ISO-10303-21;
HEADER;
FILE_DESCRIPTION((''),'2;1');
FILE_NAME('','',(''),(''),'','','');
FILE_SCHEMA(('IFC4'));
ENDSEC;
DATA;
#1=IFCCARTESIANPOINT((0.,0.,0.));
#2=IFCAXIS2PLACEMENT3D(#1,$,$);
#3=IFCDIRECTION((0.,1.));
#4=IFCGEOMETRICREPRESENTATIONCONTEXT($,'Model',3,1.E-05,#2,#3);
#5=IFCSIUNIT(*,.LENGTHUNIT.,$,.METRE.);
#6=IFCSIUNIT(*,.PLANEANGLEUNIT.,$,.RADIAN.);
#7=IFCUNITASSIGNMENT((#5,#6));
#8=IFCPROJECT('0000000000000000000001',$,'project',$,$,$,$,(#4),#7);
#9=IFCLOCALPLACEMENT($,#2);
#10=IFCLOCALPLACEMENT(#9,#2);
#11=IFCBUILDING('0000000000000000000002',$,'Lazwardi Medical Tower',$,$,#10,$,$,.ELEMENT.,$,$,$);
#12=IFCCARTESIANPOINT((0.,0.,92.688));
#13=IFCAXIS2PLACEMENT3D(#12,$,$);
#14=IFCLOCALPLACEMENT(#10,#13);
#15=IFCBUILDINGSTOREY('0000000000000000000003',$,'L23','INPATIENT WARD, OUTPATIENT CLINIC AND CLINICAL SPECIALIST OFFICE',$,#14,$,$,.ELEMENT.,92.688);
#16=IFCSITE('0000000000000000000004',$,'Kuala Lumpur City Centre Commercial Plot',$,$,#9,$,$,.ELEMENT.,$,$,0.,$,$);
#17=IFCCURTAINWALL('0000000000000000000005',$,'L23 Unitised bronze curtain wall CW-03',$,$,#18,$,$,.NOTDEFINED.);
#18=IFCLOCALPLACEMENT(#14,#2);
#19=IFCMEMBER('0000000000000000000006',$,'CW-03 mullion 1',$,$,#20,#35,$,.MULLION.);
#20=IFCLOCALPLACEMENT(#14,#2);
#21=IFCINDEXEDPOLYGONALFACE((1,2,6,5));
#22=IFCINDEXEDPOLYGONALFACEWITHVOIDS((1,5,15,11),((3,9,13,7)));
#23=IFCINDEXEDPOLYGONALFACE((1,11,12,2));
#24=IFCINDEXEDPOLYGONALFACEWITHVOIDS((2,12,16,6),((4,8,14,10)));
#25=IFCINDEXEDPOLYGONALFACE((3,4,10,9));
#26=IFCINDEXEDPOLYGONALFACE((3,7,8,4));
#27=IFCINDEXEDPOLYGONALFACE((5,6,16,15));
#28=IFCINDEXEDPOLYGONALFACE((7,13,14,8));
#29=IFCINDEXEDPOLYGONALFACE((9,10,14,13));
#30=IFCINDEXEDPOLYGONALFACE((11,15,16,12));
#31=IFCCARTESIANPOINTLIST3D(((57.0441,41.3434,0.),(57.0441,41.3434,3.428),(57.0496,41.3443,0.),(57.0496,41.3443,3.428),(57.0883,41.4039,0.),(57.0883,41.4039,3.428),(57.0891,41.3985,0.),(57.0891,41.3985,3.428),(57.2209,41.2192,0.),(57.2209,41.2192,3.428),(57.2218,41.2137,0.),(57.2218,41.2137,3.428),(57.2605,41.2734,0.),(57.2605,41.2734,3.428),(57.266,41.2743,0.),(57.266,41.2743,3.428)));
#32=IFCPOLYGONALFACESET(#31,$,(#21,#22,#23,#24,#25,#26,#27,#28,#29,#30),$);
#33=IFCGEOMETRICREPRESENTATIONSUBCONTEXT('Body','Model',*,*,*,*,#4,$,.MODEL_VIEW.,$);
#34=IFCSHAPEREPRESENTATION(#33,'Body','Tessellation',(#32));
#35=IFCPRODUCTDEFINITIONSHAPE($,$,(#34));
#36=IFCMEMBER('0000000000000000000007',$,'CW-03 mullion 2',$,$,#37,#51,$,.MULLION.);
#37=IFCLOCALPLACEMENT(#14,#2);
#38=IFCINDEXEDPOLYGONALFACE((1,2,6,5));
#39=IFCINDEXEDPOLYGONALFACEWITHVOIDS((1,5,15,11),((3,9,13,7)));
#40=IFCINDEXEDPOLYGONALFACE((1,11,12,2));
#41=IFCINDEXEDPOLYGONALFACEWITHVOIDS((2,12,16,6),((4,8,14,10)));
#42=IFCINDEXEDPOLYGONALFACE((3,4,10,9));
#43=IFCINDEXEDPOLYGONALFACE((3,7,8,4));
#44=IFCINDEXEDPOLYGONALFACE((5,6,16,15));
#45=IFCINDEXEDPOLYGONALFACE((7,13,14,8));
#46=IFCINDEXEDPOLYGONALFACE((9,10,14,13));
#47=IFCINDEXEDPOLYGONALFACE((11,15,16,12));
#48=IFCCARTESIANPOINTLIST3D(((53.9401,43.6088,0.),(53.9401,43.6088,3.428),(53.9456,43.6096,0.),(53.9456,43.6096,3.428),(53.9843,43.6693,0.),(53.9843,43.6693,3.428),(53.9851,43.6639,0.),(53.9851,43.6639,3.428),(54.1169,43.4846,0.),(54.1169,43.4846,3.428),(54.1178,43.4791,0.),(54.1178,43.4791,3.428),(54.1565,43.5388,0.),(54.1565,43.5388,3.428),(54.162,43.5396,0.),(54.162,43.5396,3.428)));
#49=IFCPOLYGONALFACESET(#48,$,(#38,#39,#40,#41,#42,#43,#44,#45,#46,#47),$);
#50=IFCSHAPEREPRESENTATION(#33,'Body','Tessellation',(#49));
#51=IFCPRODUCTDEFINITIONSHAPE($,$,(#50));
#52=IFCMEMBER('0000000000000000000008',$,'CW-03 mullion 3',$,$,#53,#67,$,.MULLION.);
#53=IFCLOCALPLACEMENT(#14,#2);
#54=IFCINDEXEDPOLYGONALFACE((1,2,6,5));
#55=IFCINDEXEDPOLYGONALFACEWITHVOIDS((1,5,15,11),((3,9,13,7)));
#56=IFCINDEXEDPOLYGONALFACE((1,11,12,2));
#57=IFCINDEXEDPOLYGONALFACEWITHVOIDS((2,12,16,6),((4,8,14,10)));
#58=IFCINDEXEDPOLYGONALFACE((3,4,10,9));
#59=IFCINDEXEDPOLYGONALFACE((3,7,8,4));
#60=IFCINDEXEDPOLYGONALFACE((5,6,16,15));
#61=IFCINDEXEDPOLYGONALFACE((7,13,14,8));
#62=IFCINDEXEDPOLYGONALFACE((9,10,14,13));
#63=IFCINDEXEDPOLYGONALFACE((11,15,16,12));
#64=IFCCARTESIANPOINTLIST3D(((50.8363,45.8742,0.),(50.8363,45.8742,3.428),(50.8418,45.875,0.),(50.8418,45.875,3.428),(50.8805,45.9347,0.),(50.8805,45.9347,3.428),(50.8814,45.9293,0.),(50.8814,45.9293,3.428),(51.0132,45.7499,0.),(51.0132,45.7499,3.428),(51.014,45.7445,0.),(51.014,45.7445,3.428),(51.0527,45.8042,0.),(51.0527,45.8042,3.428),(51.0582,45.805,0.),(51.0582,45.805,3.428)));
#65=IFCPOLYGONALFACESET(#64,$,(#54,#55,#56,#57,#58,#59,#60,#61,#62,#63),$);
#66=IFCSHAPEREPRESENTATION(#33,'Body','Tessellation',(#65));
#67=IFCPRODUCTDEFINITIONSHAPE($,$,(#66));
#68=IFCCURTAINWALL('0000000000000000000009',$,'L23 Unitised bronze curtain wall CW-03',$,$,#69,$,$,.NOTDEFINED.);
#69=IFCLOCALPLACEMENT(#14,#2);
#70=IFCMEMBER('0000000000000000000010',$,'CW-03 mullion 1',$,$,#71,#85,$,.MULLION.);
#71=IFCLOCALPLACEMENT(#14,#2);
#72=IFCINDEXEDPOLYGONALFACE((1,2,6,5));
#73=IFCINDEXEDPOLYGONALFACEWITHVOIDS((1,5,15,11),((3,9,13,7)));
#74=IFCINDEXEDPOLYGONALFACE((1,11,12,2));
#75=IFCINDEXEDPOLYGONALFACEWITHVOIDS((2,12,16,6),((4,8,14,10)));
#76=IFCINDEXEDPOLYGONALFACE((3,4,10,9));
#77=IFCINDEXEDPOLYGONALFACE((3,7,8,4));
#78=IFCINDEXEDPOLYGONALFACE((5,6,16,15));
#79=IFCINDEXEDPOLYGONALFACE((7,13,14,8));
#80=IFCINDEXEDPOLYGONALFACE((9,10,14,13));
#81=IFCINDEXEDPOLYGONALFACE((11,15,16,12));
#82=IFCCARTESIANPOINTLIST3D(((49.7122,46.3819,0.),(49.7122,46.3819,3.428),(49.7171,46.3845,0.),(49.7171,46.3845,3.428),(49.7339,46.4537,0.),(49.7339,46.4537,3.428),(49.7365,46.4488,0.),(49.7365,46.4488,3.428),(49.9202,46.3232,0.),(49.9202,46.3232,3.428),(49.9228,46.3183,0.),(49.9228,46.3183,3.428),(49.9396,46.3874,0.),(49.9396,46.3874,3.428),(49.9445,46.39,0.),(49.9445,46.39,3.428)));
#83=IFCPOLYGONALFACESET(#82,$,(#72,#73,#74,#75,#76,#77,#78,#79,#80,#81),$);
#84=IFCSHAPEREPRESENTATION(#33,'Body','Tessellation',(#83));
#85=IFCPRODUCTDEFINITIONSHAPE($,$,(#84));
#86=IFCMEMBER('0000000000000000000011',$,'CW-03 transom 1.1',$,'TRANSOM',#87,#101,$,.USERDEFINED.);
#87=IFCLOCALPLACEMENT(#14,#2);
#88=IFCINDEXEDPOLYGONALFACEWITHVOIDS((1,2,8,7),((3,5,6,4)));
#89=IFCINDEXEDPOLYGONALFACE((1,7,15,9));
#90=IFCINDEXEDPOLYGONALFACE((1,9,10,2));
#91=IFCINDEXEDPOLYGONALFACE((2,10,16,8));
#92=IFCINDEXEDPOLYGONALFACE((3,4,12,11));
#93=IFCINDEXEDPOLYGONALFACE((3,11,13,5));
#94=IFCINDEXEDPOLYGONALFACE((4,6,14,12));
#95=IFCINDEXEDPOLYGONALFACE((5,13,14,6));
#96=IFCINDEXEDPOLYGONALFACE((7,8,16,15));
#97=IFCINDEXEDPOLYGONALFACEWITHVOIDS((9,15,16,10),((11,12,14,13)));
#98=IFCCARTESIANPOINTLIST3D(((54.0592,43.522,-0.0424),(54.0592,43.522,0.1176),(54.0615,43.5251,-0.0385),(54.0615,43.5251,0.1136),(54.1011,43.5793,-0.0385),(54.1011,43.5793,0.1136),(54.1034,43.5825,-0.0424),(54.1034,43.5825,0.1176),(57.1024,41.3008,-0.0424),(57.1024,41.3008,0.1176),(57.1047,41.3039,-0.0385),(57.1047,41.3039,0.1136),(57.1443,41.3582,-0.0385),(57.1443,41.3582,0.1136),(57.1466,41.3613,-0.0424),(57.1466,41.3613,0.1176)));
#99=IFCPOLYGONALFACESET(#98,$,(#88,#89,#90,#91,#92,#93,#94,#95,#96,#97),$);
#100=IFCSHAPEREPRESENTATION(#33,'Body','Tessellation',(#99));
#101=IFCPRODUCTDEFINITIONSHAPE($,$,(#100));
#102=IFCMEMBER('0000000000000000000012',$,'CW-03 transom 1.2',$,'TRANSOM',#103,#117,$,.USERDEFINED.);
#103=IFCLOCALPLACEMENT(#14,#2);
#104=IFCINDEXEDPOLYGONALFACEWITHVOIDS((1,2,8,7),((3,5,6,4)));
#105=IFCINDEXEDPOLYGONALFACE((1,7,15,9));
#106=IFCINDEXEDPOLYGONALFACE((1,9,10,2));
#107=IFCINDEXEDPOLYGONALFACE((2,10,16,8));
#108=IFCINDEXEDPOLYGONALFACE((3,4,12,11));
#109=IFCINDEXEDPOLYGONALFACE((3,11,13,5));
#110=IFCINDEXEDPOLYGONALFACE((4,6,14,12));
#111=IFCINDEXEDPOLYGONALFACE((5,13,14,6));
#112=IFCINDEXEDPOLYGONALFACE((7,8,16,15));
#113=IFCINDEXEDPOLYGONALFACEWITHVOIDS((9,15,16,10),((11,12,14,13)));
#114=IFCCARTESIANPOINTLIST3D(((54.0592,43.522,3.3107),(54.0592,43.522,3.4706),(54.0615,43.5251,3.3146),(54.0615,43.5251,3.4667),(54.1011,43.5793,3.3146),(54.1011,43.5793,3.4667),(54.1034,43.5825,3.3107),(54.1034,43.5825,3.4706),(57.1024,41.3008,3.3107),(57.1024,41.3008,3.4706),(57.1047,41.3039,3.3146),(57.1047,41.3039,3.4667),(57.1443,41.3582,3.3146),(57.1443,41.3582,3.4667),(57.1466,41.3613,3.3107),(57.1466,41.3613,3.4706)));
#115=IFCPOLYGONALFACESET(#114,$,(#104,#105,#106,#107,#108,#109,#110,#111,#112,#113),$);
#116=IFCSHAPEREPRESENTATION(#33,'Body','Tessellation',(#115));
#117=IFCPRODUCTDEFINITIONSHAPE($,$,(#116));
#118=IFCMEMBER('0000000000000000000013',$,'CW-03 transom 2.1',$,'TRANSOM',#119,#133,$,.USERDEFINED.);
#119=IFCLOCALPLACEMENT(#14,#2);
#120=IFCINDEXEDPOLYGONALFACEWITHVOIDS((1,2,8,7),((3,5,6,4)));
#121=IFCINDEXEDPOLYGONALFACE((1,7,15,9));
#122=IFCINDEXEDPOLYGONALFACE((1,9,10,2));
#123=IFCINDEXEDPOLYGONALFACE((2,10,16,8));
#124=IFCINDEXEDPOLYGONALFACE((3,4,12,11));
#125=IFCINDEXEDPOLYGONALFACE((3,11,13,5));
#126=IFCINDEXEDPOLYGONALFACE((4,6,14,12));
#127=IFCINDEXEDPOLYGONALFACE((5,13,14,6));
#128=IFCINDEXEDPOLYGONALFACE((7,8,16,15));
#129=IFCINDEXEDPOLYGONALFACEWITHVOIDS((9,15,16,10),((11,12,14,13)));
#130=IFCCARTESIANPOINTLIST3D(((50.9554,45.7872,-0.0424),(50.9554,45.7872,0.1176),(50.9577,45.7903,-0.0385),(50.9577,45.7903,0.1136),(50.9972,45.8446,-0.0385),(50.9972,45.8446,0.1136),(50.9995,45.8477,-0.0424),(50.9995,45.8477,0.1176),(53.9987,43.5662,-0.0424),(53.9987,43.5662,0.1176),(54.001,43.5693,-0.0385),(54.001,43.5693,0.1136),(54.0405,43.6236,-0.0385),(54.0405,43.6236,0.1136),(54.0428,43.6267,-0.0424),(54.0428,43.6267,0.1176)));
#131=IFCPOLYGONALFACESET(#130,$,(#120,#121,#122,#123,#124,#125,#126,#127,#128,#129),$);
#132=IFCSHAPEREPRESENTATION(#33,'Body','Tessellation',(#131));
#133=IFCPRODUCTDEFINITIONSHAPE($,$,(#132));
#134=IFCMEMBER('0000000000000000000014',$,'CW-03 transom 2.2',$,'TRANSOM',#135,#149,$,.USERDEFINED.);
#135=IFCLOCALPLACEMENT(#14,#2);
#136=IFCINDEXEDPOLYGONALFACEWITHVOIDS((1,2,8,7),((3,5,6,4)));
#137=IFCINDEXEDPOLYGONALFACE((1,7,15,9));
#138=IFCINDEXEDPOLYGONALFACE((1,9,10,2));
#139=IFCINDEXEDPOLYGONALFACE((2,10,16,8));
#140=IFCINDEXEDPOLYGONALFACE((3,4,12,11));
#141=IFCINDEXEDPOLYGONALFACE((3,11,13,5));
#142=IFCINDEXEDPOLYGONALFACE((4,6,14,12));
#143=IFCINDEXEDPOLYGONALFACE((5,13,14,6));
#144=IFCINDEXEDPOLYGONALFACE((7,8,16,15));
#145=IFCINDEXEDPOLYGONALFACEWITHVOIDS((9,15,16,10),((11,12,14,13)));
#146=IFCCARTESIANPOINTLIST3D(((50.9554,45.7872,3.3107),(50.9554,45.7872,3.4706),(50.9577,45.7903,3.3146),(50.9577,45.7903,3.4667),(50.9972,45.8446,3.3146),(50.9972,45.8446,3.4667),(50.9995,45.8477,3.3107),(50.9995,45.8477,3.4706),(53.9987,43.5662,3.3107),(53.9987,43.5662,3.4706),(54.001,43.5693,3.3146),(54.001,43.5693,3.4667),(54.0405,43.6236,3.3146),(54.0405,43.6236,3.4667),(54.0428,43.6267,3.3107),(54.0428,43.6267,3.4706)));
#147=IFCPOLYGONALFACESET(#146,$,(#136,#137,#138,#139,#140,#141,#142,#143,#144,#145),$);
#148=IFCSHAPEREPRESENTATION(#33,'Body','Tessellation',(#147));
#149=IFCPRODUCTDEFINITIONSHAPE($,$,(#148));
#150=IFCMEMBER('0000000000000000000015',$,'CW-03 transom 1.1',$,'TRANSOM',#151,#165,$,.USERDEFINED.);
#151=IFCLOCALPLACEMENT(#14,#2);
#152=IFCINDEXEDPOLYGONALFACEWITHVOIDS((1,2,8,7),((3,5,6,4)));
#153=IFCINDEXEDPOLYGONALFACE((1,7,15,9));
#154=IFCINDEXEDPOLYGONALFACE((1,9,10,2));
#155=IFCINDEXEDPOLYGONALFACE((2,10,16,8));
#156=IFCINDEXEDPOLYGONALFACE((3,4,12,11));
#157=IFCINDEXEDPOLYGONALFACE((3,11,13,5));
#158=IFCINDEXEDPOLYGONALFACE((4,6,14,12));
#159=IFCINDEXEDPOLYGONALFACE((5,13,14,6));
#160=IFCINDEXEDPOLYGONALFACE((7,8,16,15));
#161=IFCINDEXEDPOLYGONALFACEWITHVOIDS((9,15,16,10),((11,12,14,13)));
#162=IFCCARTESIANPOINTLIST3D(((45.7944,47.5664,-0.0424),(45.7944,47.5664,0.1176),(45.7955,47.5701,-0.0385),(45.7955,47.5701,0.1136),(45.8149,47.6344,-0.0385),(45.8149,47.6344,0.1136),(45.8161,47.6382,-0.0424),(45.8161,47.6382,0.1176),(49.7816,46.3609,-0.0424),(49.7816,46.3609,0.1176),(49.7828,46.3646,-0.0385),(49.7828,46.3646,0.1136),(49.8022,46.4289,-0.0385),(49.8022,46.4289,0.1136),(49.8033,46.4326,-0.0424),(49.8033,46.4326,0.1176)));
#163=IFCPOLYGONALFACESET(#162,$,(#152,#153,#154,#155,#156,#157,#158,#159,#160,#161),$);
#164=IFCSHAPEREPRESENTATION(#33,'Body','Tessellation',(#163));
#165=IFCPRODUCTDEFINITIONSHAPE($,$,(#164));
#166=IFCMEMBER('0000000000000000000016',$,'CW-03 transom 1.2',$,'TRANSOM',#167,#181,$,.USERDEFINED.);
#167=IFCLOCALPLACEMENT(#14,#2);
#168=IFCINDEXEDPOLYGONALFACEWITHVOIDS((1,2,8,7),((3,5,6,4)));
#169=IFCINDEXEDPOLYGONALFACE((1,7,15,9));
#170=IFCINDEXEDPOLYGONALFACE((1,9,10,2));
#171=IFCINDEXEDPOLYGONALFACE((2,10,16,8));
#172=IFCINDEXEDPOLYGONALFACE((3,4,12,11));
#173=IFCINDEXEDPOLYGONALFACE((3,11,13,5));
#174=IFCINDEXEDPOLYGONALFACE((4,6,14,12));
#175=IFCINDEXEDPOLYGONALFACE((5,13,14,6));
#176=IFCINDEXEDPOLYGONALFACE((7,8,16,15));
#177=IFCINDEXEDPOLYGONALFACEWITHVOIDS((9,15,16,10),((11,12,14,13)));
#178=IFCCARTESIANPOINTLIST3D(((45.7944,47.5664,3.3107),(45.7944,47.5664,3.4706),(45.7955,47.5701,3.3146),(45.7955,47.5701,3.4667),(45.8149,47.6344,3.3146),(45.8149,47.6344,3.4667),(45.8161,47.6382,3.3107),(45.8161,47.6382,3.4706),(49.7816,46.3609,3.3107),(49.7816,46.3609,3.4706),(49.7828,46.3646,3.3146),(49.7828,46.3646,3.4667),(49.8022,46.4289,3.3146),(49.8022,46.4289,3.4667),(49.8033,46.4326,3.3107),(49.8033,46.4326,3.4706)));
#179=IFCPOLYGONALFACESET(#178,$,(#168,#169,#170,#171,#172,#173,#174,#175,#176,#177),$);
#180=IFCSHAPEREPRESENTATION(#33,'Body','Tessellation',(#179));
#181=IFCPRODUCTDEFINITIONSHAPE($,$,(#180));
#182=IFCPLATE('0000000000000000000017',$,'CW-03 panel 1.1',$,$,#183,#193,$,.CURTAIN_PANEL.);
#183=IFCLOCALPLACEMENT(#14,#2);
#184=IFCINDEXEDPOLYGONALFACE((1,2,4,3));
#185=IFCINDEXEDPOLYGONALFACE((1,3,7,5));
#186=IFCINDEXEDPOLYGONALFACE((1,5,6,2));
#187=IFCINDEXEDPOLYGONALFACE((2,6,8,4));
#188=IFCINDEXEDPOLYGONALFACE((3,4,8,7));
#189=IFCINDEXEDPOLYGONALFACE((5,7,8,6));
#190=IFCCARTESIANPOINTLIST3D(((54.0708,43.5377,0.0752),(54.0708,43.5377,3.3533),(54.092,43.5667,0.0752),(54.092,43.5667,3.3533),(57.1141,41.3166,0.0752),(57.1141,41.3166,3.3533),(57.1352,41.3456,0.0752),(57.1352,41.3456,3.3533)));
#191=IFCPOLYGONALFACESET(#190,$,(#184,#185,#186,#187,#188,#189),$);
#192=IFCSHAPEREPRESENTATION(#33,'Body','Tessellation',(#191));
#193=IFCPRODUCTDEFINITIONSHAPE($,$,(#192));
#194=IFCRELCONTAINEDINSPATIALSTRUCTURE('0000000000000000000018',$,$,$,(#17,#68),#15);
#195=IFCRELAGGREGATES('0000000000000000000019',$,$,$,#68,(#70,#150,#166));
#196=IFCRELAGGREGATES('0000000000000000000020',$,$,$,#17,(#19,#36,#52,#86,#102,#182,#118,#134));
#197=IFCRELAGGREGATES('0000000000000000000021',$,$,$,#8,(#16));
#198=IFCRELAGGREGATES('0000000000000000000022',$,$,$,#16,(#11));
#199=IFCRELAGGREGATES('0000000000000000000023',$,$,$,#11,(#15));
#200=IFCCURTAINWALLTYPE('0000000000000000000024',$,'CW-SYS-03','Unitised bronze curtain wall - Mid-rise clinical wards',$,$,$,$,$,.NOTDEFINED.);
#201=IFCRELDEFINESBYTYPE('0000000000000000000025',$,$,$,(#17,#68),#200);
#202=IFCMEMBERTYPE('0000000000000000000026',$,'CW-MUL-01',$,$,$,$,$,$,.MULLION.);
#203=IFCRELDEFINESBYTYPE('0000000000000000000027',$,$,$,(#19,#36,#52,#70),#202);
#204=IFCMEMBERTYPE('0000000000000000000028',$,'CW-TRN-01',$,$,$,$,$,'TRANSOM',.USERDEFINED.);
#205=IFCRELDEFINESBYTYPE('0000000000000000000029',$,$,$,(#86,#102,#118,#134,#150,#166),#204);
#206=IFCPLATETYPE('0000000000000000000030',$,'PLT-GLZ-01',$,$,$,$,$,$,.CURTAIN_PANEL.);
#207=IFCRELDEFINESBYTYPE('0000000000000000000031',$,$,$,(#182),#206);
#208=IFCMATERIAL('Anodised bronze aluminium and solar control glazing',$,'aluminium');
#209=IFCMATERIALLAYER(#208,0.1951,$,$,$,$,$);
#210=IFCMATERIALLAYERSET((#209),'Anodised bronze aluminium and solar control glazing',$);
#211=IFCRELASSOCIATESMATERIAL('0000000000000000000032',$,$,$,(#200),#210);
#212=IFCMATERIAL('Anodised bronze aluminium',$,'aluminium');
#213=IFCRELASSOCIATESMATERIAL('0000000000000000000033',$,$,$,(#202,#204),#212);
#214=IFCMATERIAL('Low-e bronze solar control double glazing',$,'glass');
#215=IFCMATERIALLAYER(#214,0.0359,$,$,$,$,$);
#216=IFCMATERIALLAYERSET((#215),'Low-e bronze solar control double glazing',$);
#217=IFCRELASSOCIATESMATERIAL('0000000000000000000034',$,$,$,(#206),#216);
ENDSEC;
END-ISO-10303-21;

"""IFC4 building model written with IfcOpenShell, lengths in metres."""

from ifc_helpers import new_model, si_unit, direction, frame, origin, origin_2d, place, context, subcontext, project, spatial, rectangle, hollow_rectangle, extrude, material, layer, layer_set, material_profile, profile_set, type_object, element, aggregate, save


model = new_model("IFC4")

# Units and contexts
model_context = context("Model", 3, precision=1e-05, world=origin(), true_north=direction((0.0, 1.0)))
body_context = subcontext(model_context, "Body", "Model", "MODEL_VIEW")
ifc_project = project(units=[si_unit("LENGTHUNIT", "METRE"), si_unit("PLANEANGLEUNIT", "RADIAN")], contexts=[model_context])

# Site, building, storey
site_placement = place(None, origin())
site = spatial("IfcSite", under=ifc_project, at=site_placement, Name="Kuala Lumpur City Centre Commercial Plot", CompositionType="ELEMENT", RefElevation=0.0)
building_placement = place(site_placement, origin())
building = spatial("IfcBuilding", under=site, at=building_placement, Name="Lazwardi Medical Tower", CompositionType="ELEMENT")
storey_placement = place(building_placement, frame((0.0, 0.0, 92.688)))
storey = spatial("IfcBuildingStorey", under=building, at=storey_placement, Name="L23", Description="INPATIENT WARD, OUTPATIENT CLINIC AND CLINICAL SPECIALIST OFFICE", CompositionType="ELEMENT", Elevation=92.688)

# Shared definitions
ifc_material_1 = material(Name="Anodised bronze aluminium and solar control glazing", Category="aluminium")
ifc_layer_1 = layer(ifc_material_1, 0.1951)
ifc_layer_set_1 = layer_set([ifc_layer_1], Name="Anodised bronze aluminium and solar control glazing")
curtain_wall_type = type_object("IfcCurtainWallType", Name="CW-SYS-03", Description="Unitised bronze curtain wall - Mid-rise clinical wards", PredefinedType="NOTDEFINED", material=ifc_layer_set_1)
ifc_material_2 = material(Name="Anodised bronze aluminium", Category="aluminium")
ifc_material_profile_1 = material_profile(ifc_material_2, hollow_rectangle(XDim=0.075, YDim=0.22, WallThickness=0.0039, at=origin_2d()), Name="ALU-MULLION 220x75x4")
ifc_profile_set_1 = profile_set([ifc_material_profile_1], Name="Anodised bronze aluminium")
member_type_1 = type_object("IfcMemberType", Name="CW-MUL-01", PredefinedType="MULLION", material=ifc_profile_set_1)

# Curtain wall, members
curtain_wall_1_placement = place(storey_placement, origin())
curtain_wall_1 = element("IfcCurtainWall", 1, at=curtain_wall_1_placement, inside=storey, type_object=curtain_wall_type, Name="L23 Unitised bronze curtain wall CW-03", PredefinedType="NOTDEFINED")
member_1_placement = place(storey_placement, frame((57.155, 41.3088, 0.0), z_axis=(0.0, 0.0, 1.0), x_axis=(-0.589531, -0.807746, 0.0)))
member_1 = element("IfcMember", 2, at=member_1_placement, type_object=member_type_1, Name="CW-03 mullion 1", PredefinedType="MULLION", context=body_context, shape_type="SweptSolid", body=[
    extrude(hollow_rectangle(XDim=0.075, YDim=0.22, WallThickness=0.0039, at=origin_2d()), origin(), (0.0, 0.0, 1.0), 3.428),
])
member_2_placement = place(storey_placement, frame((54.051, 43.5742, 0.0), z_axis=(0.0, 0.0, 1.0), x_axis=(-0.589531, -0.807746, 0.0)))
member_2 = element("IfcMember", 3, at=member_2_placement, type_object=member_type_1, Name="CW-03 mullion 2", PredefinedType="MULLION", context=body_context, shape_type="SweptSolid", body=[
    extrude(hollow_rectangle(XDim=0.075, YDim=0.22, WallThickness=0.0039, at=origin_2d()), origin(), (0.0, 0.0, 1.0), 3.428),
])
member_3_placement = place(storey_placement, frame((50.9473, 45.8396, 0.0), z_axis=(0.0, 0.0, 1.0), x_axis=(-0.589531, -0.807746, 0.0)))
member_3 = element("IfcMember", 4, at=member_3_placement, type_object=member_type_1, Name="CW-03 mullion 3", PredefinedType="MULLION", context=body_context, shape_type="SweptSolid", body=[
    extrude(hollow_rectangle(XDim=0.075, YDim=0.22, WallThickness=0.0039, at=origin_2d()), origin(), (0.0, 0.0, 1.0), 3.428),
])

# Curtain wall, member
curtain_wall_2_placement = place(storey_placement, origin())
curtain_wall_2 = element("IfcCurtainWall", 5, at=curtain_wall_2_placement, inside=storey, type_object=curtain_wall_type, Name="L23 Unitised bronze curtain wall CW-03", PredefinedType="NOTDEFINED")
member_4_placement = place(storey_placement, frame((49.8284, 46.386, 0.0), z_axis=(0.0, 0.0, 1.0), x_axis=(-0.289374, -0.957216, 0.0)))
member_4 = element("IfcMember", 6, at=member_4_placement, type_object=member_type_1, Name="CW-03 mullion 1", PredefinedType="MULLION", context=body_context, shape_type="SweptSolid", body=[
    extrude(hollow_rectangle(XDim=0.075, YDim=0.22, WallThickness=0.0039, at=origin_2d()), origin(), (0.0, 0.0, 1.0), 3.428),
])

# Members
ifc_material_profile_2 = material_profile(ifc_material_2, hollow_rectangle(XDim=0.075, YDim=0.1599, WallThickness=0.0039, at=origin_2d()), Name="ALU-TRANSOM 160x75x4")
ifc_profile_set_2 = profile_set([ifc_material_profile_2], Name="Anodised bronze aluminium")
member_type_2 = type_object("IfcMemberType", Name="CW-TRN-01", ElementType="TRANSOM", PredefinedType="USERDEFINED", material=ifc_profile_set_2)
member_5_placement = place(storey_placement, frame((57.1245, 41.3311, 0.0376), z_axis=(-0.807732, 0.58955, 0.0), x_axis=(-0.58955, -0.807732, 0.0)))
member_5 = element("IfcMember", 7, at=member_5_placement, type_object=member_type_2, Name="CW-03 transom 1.1", ObjectType="TRANSOM", PredefinedType="USERDEFINED", context=body_context, shape_type="SweptSolid", body=[
    extrude(hollow_rectangle(XDim=0.075, YDim=0.1599, WallThickness=0.0039, at=origin_2d()), origin(), (0.0, 0.0, 1.0), 3.7676),
])
member_6_placement = place(storey_placement, frame((57.1245, 41.3311, 3.3906), z_axis=(-0.807732, 0.58955, 0.0), x_axis=(-0.58955, -0.807732, 0.0)))
member_6 = element("IfcMember", 8, at=member_6_placement, type_object=member_type_2, Name="CW-03 transom 1.2", ObjectType="TRANSOM", PredefinedType="USERDEFINED", context=body_context, shape_type="SweptSolid", body=[
    extrude(hollow_rectangle(XDim=0.075, YDim=0.1599, WallThickness=0.0039, at=origin_2d()), origin(), (0.0, 0.0, 1.0), 3.7676),
])
member_7_placement = place(storey_placement, frame((54.0208, 43.5964, 0.0376), z_axis=(-0.807763, 0.589508, 0.0), x_axis=(-0.589508, -0.807763, 0.0)))
member_7 = element("IfcMember", 9, at=member_7_placement, type_object=member_type_2, Name="CW-03 transom 2.1", ObjectType="TRANSOM", PredefinedType="USERDEFINED", context=body_context, shape_type="SweptSolid", body=[
    extrude(hollow_rectangle(XDim=0.075, YDim=0.1599, WallThickness=0.0039, at=origin_2d()), origin(), (0.0, 0.0, 1.0), 3.7676),
])
member_8_placement = place(storey_placement, frame((54.0208, 43.5964, 3.3906), z_axis=(-0.807763, 0.589508, 0.0), x_axis=(-0.589508, -0.807763, 0.0)))
member_8 = element("IfcMember", 10, at=member_8_placement, type_object=member_type_2, Name="CW-03 transom 2.2", ObjectType="TRANSOM", PredefinedType="USERDEFINED", context=body_context, shape_type="SweptSolid", body=[
    extrude(hollow_rectangle(XDim=0.075, YDim=0.1599, WallThickness=0.0039, at=origin_2d()), origin(), (0.0, 0.0, 1.0), 3.7676),
])
member_9_placement = place(storey_placement, frame((49.7925, 46.3967, 0.0376), z_axis=(-0.957205, 0.289412, 0.0), x_axis=(-0.289412, -0.957205, 0.0)))
member_9 = element("IfcMember", 11, at=member_9_placement, type_object=member_type_2, Name="CW-03 transom 1.1", ObjectType="TRANSOM", PredefinedType="USERDEFINED", context=body_context, shape_type="SweptSolid", body=[
    extrude(hollow_rectangle(XDim=0.075, YDim=0.1599, WallThickness=0.0039, at=origin_2d()), origin(), (0.0, 0.0, 1.0), 4.1655),
])
member_10_placement = place(storey_placement, frame((49.7925, 46.3967, 3.3906), z_axis=(-0.957205, 0.289412, 0.0), x_axis=(-0.289412, -0.957205, 0.0)))
member_10 = element("IfcMember", 12, at=member_10_placement, type_object=member_type_2, Name="CW-03 transom 1.2", ObjectType="TRANSOM", PredefinedType="USERDEFINED", context=body_context, shape_type="SweptSolid", body=[
    extrude(hollow_rectangle(XDim=0.075, YDim=0.1599, WallThickness=0.0039, at=origin_2d()), origin(), (0.0, 0.0, 1.0), 4.1655),
])
aggregate(curtain_wall_2, [member_4, member_9, member_10])

# Plate
ifc_material_3 = material(Name="Low-e bronze solar control double glazing", Category="glass")
ifc_layer_2 = layer(ifc_material_3, 0.0359)
ifc_layer_set_2 = layer_set([ifc_layer_2], Name="Low-e bronze solar control double glazing")
plate_type = type_object("IfcPlateType", Name="PLT-GLZ-01", PredefinedType="CURTAIN_PANEL", material=ifc_layer_set_2)
plate_1_placement = place(storey_placement, frame((55.603, 42.4417, 0.0752), z_axis=(0.0, 0.0, 1.0), x_axis=(-0.807746, 0.589531, 0.0)))
plate_1 = element("IfcPlate", 13, at=plate_1_placement, type_object=plate_type, Name="CW-03 panel 1.1", PredefinedType="CURTAIN_PANEL", context=body_context, shape_type="SweptSolid", body=[
    extrude(rectangle(XDim=3.7676, YDim=0.0359, at=origin_2d()), origin(), (0.0, 0.0, 1.0), 3.2781),
])
aggregate(curtain_wall_1, [member_1, member_2, member_3, member_5, member_6, plate_1, member_7, member_8])

save(model, "model.ifc")
